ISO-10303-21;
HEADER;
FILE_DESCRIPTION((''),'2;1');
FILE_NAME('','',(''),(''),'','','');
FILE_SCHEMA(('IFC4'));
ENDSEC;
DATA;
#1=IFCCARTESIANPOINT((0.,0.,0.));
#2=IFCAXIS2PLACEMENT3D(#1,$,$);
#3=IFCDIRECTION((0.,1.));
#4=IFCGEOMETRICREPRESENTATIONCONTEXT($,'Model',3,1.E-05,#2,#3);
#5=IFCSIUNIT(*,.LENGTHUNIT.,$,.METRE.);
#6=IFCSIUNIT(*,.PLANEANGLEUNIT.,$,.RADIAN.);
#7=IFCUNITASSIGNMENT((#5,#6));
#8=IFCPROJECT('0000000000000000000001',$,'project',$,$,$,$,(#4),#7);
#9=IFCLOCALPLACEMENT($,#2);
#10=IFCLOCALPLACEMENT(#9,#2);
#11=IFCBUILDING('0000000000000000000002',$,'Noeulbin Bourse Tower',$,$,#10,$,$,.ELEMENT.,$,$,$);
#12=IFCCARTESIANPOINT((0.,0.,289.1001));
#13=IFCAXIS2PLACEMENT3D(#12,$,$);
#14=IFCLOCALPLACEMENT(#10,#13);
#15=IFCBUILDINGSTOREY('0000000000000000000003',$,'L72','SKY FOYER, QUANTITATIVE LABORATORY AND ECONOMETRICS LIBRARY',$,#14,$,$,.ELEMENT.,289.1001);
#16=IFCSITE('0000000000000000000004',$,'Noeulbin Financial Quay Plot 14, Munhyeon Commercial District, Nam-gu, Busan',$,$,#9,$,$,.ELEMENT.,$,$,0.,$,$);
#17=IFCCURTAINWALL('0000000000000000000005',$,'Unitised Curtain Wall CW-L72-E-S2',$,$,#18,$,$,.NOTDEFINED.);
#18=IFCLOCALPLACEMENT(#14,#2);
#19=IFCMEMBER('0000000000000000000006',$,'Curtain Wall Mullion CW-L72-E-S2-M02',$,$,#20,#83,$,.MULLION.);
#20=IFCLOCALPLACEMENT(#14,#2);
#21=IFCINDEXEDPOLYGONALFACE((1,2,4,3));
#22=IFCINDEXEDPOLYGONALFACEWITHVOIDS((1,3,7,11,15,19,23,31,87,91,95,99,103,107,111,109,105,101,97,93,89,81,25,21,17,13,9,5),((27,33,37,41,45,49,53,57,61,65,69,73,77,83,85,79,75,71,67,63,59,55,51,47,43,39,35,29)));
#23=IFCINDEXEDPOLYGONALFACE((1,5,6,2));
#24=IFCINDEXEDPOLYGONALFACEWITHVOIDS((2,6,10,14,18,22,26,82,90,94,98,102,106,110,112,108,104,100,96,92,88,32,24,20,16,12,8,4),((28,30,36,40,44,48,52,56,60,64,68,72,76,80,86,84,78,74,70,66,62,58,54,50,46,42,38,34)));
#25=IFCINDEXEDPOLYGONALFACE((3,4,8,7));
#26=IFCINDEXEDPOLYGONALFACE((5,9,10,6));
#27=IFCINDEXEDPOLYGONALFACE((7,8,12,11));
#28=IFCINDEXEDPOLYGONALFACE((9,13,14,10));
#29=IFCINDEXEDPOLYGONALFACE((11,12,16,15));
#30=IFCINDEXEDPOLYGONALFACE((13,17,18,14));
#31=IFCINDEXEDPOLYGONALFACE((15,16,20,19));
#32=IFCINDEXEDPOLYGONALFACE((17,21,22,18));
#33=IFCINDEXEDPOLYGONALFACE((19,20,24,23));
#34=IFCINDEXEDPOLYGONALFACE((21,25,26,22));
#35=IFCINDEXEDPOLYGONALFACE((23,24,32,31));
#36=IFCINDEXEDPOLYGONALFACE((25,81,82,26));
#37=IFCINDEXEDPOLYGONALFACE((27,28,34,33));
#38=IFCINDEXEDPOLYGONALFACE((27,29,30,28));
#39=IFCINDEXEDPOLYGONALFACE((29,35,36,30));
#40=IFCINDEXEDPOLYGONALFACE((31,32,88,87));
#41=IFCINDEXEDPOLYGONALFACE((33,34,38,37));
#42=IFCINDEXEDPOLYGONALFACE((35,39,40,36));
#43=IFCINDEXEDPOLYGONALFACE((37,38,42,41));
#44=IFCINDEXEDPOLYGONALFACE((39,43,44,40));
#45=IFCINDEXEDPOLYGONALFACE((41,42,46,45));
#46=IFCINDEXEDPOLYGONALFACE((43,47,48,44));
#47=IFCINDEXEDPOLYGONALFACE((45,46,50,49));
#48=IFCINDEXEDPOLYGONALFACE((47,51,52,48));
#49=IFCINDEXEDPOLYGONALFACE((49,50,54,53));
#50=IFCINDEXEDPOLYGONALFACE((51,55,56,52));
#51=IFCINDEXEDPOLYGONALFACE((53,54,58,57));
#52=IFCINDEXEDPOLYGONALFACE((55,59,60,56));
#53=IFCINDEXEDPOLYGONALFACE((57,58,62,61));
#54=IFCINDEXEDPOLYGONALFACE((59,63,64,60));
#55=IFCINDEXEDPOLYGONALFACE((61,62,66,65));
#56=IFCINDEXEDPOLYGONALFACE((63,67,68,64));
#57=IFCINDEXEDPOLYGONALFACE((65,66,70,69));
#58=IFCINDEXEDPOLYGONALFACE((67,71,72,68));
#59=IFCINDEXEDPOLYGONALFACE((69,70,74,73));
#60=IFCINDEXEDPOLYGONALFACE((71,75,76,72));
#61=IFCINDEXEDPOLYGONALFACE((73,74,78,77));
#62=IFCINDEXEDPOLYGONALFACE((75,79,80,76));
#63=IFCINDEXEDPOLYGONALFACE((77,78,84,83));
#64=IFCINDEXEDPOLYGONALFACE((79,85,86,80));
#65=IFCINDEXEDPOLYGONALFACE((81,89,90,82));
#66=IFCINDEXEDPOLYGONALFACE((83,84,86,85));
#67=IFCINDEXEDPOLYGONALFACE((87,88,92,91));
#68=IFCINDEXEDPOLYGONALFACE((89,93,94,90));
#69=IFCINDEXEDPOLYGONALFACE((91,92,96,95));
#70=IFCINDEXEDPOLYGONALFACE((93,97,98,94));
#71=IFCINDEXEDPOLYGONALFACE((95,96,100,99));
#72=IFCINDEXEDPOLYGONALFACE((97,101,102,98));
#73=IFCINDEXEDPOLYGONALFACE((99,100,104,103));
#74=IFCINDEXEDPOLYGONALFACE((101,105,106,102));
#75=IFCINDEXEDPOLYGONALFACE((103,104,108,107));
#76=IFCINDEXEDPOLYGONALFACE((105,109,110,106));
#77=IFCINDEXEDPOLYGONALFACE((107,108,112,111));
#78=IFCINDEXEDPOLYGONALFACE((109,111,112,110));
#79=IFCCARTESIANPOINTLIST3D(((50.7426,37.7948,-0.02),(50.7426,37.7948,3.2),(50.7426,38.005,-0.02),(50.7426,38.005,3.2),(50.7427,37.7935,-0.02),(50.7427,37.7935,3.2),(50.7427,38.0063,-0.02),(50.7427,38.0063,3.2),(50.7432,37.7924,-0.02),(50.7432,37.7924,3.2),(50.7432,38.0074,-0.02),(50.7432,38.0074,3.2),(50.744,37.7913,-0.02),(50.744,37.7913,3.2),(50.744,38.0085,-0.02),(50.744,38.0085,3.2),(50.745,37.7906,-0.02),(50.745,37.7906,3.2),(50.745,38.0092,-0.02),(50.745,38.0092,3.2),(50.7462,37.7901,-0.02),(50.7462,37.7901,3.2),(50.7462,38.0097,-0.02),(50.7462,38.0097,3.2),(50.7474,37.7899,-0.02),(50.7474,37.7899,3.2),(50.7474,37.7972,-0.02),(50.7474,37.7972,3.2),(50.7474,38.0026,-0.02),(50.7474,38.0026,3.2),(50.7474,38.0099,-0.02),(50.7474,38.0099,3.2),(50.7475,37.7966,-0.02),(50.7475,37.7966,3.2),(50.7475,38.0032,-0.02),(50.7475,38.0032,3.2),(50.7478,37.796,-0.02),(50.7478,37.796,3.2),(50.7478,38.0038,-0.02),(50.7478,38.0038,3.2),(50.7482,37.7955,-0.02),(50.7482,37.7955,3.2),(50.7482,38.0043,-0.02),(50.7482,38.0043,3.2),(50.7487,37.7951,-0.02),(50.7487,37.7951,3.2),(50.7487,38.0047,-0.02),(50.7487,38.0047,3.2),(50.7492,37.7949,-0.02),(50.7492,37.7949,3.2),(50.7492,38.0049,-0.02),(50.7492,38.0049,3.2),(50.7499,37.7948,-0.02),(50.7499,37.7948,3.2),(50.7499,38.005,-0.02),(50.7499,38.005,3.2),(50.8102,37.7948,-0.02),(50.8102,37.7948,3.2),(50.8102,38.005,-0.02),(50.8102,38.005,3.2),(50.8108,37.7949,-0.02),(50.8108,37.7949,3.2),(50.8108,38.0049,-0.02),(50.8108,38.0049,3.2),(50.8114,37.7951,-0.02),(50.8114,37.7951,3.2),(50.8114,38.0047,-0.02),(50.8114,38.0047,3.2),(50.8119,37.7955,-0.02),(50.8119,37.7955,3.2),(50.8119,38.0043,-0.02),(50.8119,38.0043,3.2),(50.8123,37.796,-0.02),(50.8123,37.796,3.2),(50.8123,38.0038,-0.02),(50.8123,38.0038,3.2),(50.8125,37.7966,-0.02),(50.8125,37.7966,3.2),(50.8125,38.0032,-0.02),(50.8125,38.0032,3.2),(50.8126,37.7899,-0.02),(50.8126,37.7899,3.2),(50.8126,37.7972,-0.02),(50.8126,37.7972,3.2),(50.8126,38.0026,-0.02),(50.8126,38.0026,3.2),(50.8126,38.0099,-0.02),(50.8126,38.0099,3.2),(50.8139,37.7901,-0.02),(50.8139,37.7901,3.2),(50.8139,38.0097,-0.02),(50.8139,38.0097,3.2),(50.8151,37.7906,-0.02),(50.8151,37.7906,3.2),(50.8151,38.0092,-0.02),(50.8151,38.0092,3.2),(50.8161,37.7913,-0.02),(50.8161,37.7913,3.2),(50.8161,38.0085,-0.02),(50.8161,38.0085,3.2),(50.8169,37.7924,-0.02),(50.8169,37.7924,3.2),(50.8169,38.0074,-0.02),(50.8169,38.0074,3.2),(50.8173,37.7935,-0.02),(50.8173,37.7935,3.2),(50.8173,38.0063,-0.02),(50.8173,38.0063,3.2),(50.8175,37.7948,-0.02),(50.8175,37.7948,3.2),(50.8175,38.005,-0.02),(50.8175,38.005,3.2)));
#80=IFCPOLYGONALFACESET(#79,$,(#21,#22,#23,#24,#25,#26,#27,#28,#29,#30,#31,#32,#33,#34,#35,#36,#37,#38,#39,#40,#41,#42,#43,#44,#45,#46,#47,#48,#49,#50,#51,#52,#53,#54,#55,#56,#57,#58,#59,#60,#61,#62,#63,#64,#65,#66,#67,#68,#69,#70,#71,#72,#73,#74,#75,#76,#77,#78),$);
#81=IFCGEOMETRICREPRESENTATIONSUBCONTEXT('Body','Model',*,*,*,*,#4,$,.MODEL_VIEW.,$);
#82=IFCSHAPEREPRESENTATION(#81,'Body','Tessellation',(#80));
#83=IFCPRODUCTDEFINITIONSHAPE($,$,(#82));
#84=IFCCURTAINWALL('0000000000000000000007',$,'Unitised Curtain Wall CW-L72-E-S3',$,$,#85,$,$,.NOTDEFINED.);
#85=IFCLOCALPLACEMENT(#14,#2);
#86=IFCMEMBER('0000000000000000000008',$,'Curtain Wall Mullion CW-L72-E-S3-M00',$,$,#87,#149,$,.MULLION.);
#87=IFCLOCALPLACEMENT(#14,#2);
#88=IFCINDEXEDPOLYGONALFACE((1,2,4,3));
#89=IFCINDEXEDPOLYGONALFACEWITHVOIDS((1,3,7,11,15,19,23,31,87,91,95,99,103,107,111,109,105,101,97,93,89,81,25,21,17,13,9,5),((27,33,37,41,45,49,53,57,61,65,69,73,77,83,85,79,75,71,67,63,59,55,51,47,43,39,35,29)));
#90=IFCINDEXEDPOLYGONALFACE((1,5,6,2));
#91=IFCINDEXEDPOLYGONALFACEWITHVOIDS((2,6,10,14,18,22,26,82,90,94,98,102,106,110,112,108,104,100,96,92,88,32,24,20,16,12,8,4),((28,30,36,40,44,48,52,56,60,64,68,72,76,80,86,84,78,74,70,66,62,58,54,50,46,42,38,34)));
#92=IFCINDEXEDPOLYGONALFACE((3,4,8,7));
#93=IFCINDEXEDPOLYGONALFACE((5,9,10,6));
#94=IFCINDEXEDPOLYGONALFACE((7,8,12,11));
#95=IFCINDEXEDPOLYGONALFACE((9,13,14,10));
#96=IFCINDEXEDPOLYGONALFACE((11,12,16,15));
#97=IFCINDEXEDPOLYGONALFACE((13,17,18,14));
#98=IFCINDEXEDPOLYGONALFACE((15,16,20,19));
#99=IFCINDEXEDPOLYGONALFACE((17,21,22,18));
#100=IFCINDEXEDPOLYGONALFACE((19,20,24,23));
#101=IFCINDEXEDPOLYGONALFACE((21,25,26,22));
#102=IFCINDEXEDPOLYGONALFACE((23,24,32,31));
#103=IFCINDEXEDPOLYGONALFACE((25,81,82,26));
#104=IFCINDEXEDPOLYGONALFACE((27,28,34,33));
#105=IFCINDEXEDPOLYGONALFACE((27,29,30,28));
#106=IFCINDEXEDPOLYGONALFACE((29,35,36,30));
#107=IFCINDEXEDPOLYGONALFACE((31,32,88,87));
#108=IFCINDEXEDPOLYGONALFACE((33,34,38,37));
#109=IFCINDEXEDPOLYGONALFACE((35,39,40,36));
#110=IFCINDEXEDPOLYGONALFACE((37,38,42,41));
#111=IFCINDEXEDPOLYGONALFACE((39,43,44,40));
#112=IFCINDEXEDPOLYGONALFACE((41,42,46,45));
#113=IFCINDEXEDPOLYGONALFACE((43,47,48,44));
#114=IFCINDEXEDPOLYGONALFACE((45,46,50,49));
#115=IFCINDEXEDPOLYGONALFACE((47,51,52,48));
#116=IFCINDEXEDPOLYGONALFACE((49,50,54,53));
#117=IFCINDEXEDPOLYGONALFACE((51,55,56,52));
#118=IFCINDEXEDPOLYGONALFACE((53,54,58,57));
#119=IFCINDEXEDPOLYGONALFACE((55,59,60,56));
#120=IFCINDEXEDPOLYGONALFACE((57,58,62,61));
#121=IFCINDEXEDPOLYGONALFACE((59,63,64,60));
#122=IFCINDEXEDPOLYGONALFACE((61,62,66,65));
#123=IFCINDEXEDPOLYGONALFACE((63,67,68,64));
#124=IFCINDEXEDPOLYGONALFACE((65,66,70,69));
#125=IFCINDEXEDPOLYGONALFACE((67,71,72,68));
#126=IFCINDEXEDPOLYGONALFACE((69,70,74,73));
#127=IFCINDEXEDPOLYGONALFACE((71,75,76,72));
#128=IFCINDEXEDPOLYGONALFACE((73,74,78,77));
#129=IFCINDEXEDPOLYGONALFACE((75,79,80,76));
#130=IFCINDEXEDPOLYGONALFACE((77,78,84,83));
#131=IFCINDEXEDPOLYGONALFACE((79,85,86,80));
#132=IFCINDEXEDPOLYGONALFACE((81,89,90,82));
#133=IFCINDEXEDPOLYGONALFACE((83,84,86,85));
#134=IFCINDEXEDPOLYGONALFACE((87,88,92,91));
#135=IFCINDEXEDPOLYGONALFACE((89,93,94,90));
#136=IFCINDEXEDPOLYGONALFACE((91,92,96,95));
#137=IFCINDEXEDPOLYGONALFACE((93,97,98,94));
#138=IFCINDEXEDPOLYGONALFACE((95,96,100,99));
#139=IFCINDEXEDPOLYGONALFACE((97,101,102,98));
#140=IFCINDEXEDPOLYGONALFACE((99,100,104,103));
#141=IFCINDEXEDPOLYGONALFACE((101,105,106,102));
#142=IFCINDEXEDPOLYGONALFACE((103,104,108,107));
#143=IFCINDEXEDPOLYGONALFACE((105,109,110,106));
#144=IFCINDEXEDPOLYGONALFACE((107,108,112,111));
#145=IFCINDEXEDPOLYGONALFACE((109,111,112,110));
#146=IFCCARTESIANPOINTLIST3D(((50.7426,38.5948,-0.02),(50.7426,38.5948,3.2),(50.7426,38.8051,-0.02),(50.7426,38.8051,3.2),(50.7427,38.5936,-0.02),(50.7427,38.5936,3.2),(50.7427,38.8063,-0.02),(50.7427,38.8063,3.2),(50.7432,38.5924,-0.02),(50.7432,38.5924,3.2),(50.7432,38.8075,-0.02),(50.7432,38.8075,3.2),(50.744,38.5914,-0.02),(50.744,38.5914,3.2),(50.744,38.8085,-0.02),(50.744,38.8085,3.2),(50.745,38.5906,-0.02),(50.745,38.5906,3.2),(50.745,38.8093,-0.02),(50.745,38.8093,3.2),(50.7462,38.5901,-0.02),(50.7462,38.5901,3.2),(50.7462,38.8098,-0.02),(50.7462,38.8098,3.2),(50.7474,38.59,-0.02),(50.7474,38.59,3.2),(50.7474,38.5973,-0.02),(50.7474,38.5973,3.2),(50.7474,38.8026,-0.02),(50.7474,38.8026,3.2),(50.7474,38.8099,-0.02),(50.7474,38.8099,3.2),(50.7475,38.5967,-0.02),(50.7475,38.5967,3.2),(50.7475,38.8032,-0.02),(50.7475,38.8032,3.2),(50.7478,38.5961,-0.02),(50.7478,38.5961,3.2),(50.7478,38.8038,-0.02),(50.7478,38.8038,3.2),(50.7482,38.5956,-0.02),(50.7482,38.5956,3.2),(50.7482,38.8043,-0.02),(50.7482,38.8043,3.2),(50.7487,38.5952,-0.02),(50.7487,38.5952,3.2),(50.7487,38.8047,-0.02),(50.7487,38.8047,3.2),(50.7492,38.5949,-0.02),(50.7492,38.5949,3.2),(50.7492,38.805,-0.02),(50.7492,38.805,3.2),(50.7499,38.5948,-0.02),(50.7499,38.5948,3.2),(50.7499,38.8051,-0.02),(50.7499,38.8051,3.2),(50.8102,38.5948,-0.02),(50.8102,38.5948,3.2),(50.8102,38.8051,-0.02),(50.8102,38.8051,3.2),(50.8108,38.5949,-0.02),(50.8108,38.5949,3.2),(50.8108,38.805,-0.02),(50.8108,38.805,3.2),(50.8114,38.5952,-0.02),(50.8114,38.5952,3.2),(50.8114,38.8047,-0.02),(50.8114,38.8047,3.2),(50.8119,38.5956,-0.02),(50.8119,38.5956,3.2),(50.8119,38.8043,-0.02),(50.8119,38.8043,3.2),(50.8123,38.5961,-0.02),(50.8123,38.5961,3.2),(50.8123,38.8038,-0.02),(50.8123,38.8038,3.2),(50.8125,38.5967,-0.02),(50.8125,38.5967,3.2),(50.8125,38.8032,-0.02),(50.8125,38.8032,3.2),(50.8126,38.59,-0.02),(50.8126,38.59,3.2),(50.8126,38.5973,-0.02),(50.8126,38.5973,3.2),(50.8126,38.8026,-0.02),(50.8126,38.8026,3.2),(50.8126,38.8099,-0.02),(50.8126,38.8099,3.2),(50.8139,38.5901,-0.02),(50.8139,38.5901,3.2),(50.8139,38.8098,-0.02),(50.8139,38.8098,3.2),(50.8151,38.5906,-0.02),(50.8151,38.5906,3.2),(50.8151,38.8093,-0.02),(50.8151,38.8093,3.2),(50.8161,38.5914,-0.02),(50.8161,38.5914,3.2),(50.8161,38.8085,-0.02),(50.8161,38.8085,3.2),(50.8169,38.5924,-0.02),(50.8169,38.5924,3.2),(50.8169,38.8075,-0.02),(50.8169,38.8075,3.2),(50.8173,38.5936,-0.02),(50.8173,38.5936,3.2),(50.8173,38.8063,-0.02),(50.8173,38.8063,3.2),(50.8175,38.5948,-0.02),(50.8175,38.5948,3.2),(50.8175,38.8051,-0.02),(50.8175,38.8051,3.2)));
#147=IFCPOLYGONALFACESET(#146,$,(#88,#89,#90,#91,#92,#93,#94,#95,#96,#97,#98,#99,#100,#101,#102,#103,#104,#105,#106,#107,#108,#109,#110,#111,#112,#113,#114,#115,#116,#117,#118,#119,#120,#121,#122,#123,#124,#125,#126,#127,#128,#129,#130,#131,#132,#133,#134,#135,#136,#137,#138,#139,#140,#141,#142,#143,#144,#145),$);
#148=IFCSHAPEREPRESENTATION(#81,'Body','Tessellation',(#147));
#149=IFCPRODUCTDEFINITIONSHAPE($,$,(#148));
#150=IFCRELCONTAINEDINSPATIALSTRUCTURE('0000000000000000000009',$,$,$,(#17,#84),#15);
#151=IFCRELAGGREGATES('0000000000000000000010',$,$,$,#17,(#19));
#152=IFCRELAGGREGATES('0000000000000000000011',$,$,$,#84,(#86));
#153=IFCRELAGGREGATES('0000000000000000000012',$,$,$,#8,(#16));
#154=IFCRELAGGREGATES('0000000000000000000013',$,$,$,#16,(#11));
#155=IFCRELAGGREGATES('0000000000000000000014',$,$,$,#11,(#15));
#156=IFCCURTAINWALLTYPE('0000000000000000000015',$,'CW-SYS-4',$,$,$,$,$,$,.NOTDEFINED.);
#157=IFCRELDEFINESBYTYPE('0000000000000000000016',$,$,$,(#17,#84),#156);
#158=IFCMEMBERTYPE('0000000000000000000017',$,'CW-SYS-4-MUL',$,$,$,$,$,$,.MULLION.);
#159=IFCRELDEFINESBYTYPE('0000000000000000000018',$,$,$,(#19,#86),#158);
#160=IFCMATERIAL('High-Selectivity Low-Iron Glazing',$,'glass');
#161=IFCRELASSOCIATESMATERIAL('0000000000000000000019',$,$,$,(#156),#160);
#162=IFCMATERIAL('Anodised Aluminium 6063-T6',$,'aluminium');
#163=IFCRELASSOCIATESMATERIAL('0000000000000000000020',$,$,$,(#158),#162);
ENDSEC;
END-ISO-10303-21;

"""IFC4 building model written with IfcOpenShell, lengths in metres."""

from ifc_helpers import new_model, si_unit, direction, frame, origin, origin_2d, place, context, subcontext, project, spatial, hollow_rectangle, extrude, material, material_profile, profile_set, type_object, element, aggregate, save


model = new_model("IFC4")

# Units and contexts
model_context = context("Model", 3, precision=1e-05, world=origin(), true_north=direction((0.0, 1.0)))
body_context = subcontext(model_context, "Body", "Model", "MODEL_VIEW")
ifc_project = project(units=[si_unit("LENGTHUNIT", "METRE"), si_unit("PLANEANGLEUNIT", "RADIAN")], contexts=[model_context])

# Site, building, storey
site_placement = place(None, origin())
site = spatial("IfcSite", under=ifc_project, at=site_placement, Name="Noeulbin Financial Quay Plot 14, Munhyeon Commercial District, Nam-gu, Busan", CompositionType="ELEMENT", RefElevation=0.0)
building_placement = place(site_placement, origin())
building = spatial("IfcBuilding", under=site, at=building_placement, Name="Noeulbin Bourse Tower", CompositionType="ELEMENT")
storey_placement = place(building_placement, frame((0.0, 0.0, 289.1001)))
storey = spatial("IfcBuildingStorey", under=building, at=storey_placement, Name="L72", Description="SKY FOYER, QUANTITATIVE LABORATORY AND ECONOMETRICS LIBRARY", CompositionType="ELEMENT", Elevation=289.1001)

# Shared definitions
ifc_material_1 = material(Name="High-Selectivity Low-Iron Glazing", Category="glass")
curtain_wall_type = type_object("IfcCurtainWallType", Name="CW-SYS-4", PredefinedType="NOTDEFINED", material=ifc_material_1)
ifc_material_2 = material(Name="Anodised Aluminium 6063-T6", Category="aluminium")
ifc_material_profile_1 = material_profile(ifc_material_2, hollow_rectangle(XDim=0.075, YDim=0.22, WallThickness=0.0049, InnerFilletRadius=0.0024, OuterFilletRadius=0.0049, at=origin_2d()), Name="ALU-MULL-75x220x5", Category="LoadBearing")
ifc_profile_set_1 = profile_set([ifc_material_profile_1], Name="Anodised Aluminium 6063-T6")
member_type_1 = type_object("IfcMemberType", Name="CW-SYS-4-MUL", PredefinedType="MULLION", material=ifc_profile_set_1)

# Curtain walls, members
curtain_wall_1_placement = place(storey_placement, origin())
curtain_wall_1 = element("IfcCurtainWall", 1, at=curtain_wall_1_placement, inside=storey, type_object=curtain_wall_type, Name="Unitised Curtain Wall CW-L72-E-S2", PredefinedType="NOTDEFINED")
member_1_placement = place(storey_placement, frame((50.78, 37.8999, -0.02), z_axis=(0.0, 0.0, 1.0), x_axis=(1.0, 0.0, 0.0)))
member_1 = element("IfcMember", 2, at=member_1_placement, type_object=member_type_1, Name="Curtain Wall Mullion CW-L72-E-S2-M02", PredefinedType="MULLION", context=body_context, shape_type="SweptSolid", body=[
    extrude(hollow_rectangle(XDim=0.075, YDim=0.22, WallThickness=0.0049, InnerFilletRadius=0.0024, OuterFilletRadius=0.0049, at=origin_2d()), origin(), (0.0, 0.0, 1.0), 3.22),
])
curtain_wall_2_placement = place(storey_placement, origin())
curtain_wall_2 = element("IfcCurtainWall", 3, at=curtain_wall_2_placement, inside=storey, type_object=curtain_wall_type, Name="Unitised Curtain Wall CW-L72-E-S3", PredefinedType="NOTDEFINED")
member_2_placement = place(storey_placement, frame((50.78, 38.7, -0.02), z_axis=(0.0, 0.0, 1.0), x_axis=(1.0, 0.0, 0.0)))
member_2 = element("IfcMember", 4, at=member_2_placement, type_object=member_type_1, Name="Curtain Wall Mullion CW-L72-E-S3-M00", PredefinedType="MULLION", context=body_context, shape_type="SweptSolid", body=[
    extrude(hollow_rectangle(XDim=0.075, YDim=0.22, WallThickness=0.0049, InnerFilletRadius=0.0024, OuterFilletRadius=0.0049, at=origin_2d()), origin(), (0.0, 0.0, 1.0), 3.22),
])

aggregate(curtain_wall_1, [member_1])
aggregate(curtain_wall_2, [member_2])

save(model, "model.ifc")
